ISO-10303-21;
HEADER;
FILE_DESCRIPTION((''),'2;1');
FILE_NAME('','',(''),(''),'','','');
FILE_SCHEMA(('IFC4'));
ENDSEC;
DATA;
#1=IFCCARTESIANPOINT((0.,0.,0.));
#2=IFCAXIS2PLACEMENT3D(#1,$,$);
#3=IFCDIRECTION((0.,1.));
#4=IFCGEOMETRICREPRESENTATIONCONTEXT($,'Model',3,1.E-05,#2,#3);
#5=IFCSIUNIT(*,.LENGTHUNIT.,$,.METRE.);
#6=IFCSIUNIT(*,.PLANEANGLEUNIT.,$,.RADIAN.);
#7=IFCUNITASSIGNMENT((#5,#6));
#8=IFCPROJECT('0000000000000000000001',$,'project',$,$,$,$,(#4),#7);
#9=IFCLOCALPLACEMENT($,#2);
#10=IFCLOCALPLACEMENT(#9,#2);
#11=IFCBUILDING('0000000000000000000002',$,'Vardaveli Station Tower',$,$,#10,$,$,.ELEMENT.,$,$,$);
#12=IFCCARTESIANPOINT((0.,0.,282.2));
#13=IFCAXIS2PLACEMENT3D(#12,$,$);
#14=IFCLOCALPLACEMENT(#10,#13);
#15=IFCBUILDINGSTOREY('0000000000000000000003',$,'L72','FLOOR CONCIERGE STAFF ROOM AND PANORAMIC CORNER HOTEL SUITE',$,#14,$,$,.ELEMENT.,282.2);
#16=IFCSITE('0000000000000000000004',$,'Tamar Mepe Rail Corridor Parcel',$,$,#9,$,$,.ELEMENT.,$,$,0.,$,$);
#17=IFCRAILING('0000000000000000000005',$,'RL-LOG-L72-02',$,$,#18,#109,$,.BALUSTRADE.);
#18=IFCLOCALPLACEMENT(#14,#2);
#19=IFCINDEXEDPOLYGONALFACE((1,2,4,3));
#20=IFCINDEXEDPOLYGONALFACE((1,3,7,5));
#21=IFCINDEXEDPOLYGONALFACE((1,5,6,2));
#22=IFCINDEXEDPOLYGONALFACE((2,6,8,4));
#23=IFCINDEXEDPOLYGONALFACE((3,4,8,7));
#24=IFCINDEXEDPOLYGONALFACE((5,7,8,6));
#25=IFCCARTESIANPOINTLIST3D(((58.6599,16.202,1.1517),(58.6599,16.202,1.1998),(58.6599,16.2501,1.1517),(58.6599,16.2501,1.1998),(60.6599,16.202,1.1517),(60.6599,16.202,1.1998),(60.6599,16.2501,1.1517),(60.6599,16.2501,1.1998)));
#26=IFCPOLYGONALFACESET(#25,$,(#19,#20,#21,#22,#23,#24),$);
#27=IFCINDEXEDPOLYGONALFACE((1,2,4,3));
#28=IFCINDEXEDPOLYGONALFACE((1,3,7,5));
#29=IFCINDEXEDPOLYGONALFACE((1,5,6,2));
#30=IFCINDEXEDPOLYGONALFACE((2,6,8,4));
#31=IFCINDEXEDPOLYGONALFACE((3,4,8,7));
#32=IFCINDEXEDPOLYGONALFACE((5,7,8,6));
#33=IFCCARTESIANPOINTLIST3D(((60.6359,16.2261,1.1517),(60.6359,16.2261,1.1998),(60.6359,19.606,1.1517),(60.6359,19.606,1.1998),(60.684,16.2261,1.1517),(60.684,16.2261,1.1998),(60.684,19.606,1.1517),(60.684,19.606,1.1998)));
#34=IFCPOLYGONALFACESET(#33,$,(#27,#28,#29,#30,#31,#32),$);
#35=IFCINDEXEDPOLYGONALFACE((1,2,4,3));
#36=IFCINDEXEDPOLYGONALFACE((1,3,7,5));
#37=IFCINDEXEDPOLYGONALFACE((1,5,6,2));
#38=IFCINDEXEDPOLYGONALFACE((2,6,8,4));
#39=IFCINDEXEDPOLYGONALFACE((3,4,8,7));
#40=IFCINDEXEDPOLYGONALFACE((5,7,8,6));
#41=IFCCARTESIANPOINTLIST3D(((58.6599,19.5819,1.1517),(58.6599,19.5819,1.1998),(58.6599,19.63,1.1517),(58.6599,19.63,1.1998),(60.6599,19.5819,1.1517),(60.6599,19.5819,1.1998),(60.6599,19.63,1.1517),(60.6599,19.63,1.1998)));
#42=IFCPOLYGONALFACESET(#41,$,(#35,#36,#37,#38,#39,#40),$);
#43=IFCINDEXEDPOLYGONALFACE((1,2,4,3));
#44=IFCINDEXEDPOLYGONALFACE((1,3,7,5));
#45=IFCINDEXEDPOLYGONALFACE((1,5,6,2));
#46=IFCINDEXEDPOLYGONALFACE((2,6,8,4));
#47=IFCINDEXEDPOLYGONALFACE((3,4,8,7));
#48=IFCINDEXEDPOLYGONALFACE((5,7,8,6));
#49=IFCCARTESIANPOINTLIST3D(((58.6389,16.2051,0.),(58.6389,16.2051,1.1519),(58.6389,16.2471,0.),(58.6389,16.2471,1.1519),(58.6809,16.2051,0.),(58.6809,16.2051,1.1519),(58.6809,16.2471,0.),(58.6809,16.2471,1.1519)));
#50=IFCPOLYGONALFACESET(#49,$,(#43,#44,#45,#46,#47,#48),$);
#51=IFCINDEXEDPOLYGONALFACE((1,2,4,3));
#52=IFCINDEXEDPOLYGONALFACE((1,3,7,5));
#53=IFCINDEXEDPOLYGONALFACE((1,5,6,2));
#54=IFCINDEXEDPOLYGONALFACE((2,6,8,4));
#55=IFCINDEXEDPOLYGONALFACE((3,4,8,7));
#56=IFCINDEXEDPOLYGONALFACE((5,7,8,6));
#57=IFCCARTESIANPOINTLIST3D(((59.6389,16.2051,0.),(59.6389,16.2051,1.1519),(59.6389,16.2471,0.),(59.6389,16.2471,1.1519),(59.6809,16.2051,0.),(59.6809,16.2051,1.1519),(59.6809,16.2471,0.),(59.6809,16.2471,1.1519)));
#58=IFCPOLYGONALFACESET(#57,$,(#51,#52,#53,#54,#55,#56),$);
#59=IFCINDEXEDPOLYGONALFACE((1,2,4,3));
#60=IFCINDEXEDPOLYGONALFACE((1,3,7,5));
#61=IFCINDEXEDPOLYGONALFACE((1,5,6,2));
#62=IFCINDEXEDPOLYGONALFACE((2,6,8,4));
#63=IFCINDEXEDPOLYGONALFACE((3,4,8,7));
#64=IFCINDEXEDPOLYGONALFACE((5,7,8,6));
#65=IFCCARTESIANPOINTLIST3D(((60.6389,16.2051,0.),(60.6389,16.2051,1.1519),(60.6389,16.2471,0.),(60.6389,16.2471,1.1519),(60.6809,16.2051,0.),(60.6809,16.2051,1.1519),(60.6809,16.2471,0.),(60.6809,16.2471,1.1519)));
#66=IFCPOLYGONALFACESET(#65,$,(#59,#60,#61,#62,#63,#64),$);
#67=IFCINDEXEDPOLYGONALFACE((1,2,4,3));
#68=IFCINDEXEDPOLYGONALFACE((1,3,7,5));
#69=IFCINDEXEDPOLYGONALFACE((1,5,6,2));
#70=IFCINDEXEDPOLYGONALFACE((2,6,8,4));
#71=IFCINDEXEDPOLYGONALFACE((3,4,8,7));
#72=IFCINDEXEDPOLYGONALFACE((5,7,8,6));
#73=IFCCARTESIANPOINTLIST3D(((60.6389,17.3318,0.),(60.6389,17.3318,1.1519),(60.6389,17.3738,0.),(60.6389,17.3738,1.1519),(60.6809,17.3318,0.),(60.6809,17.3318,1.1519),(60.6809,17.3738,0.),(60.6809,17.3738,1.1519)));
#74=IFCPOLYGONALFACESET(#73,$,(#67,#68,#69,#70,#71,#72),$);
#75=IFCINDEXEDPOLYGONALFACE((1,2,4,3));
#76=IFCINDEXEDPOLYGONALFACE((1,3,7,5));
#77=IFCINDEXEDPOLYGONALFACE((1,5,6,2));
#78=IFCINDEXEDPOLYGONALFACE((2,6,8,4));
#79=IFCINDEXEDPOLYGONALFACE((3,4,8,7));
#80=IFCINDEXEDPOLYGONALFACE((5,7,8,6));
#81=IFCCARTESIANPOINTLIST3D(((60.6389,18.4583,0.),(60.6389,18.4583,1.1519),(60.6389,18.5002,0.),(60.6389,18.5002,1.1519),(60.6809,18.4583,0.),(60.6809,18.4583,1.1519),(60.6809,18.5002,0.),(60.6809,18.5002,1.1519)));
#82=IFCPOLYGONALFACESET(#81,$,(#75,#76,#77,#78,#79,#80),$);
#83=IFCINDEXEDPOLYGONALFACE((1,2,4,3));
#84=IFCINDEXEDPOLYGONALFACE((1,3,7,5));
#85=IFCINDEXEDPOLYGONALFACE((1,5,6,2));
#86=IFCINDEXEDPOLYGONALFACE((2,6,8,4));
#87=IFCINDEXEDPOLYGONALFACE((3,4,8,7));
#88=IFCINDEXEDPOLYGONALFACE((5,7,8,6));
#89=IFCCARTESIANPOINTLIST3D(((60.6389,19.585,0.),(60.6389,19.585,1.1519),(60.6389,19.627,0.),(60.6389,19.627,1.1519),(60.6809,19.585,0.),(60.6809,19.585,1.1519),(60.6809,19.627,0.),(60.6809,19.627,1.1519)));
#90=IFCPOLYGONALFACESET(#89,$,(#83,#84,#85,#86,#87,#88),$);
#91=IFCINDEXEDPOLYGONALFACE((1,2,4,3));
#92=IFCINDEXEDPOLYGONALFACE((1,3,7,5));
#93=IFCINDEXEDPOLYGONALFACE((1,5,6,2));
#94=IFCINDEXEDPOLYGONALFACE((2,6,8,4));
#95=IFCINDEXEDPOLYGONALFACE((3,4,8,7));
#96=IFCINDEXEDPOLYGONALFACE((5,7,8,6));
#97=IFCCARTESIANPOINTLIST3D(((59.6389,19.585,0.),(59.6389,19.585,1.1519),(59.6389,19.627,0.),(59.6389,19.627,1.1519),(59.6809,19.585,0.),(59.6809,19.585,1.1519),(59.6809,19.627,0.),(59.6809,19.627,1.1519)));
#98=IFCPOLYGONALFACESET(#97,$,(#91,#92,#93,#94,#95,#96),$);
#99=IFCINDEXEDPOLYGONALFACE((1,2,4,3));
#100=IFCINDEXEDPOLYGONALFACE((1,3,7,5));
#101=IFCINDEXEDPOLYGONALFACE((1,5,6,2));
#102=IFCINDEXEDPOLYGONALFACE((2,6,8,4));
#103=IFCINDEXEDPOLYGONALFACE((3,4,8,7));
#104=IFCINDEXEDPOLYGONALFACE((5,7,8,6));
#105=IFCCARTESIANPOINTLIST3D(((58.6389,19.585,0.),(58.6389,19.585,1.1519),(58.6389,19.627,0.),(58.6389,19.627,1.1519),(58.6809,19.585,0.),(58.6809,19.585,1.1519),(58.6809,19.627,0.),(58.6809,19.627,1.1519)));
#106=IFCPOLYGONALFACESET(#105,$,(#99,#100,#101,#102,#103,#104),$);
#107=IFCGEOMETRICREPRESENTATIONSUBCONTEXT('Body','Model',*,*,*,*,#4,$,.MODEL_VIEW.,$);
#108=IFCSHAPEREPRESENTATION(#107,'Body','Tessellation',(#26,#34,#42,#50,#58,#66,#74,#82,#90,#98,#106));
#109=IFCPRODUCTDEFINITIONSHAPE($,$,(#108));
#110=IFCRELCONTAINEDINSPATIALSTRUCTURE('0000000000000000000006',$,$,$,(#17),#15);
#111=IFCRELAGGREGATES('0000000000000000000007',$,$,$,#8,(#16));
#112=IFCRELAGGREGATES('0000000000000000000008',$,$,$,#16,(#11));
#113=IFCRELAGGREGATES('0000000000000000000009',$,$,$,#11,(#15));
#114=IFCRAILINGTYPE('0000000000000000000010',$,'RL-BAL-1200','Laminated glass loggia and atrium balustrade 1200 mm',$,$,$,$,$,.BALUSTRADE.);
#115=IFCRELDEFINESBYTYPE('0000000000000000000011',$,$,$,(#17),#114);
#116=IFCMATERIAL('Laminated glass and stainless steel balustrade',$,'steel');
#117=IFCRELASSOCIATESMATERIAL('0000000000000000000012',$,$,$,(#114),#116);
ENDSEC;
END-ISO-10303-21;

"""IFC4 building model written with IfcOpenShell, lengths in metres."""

from ifc_helpers import new_model, si_unit, direction, frame, origin, origin_2d, place, context, subcontext, project, spatial, rectangle, extrude, source, transform, mapped, material, type_object, element, save


model = new_model("IFC4")

# Units and contexts
model_context = context("Model", 3, precision=1e-05, world=origin(), true_north=direction((0.0, 1.0)))
body_context = subcontext(model_context, "Body", "Model", "MODEL_VIEW")
ifc_project = project(units=[si_unit("LENGTHUNIT", "METRE"), si_unit("PLANEANGLEUNIT", "RADIAN")], contexts=[model_context])

# Site, building, storey
site_placement = place(None, origin())
site = spatial("IfcSite", under=ifc_project, at=site_placement, Name="Tamar Mepe Rail Corridor Parcel", CompositionType="ELEMENT", RefElevation=0.0)
building_placement = place(site_placement, origin())
building = spatial("IfcBuilding", under=site, at=building_placement, Name="Vardaveli Station Tower", CompositionType="ELEMENT")
storey_placement = place(building_placement, frame((0.0, 0.0, 282.2)))
storey = spatial("IfcBuildingStorey", under=building, at=storey_placement, Name="L72", Description="FLOOR CONCIERGE STAFF ROOM AND PANORAMIC CORNER HOTEL SUITE", CompositionType="ELEMENT", Elevation=282.2)

# Railing
ifc_material_1 = material(Name="Laminated glass and stainless steel balustrade", Category="steel")
railing_type = type_object("IfcRailingType", Name="RL-BAL-1200", Description="Laminated glass loggia and atrium balustrade 1200 mm", PredefinedType="BALUSTRADE", material=ifc_material_1)
shared_shape_1 = source(origin(), body_context, "Body", "SweptSolid", [
    extrude(rectangle(XDim=0.0481, YDim=0.0481, at=origin_2d()), frame((0.0, 0.0, 1.1758), z_axis=(1.0, 0.0, 0.0), x_axis=(0.0, 1.0, 0.0)), (0.0, 0.0, 1.0), 2.0),
    extrude(rectangle(XDim=0.0481, YDim=0.0481, at=origin_2d()), frame((2.0, 0.0, 1.1758), z_axis=(0.0, 1.0, 0.0), x_axis=(-1.0, 0.0, 0.0)), (0.0, 0.0, 1.0), 3.3799),
    extrude(rectangle(XDim=0.0481, YDim=0.0481, at=origin_2d()), frame((2.0, 3.3799, 1.1758), z_axis=(-1.0, 0.0, 0.0), x_axis=(0.0, -1.0, 0.0)), (0.0, 0.0, 1.0), 2.0),
    extrude(rectangle(XDim=0.042, YDim=0.042, at=origin_2d()), origin(), (0.0, 0.0, 1.0), 1.1519),
    extrude(rectangle(XDim=0.042, YDim=0.042, at=origin_2d()), frame((1.0, 0.0, 0.0)), (0.0, 0.0, 1.0), 1.1519),
    extrude(rectangle(XDim=0.042, YDim=0.042, at=origin_2d()), frame((2.0, 0.0, 0.0)), (0.0, 0.0, 1.0), 1.1519),
    extrude(rectangle(XDim=0.042, YDim=0.042, at=origin_2d()), frame((2.0, 1.1267, 0.0)), (0.0, 0.0, 1.0), 1.1519),
    extrude(rectangle(XDim=0.042, YDim=0.042, at=origin_2d()), frame((2.0, 2.2532, 0.0)), (0.0, 0.0, 1.0), 1.1519),
    extrude(rectangle(XDim=0.042, YDim=0.042, at=origin_2d()), frame((2.0, 3.3799, 0.0)), (0.0, 0.0, 1.0), 1.1519),
    extrude(rectangle(XDim=0.042, YDim=0.042, at=origin_2d()), frame((1.0, 3.3799, 0.0)), (0.0, 0.0, 1.0), 1.1519),
    extrude(rectangle(XDim=0.042, YDim=0.042, at=origin_2d()), frame((0.0, 3.3799, 0.0)), (0.0, 0.0, 1.0), 1.1519),
])
railing_placement = place(storey_placement, frame((58.6599, 16.2261, 0.0)))
element("IfcRailing", 1, at=railing_placement, inside=storey, type_object=railing_type, Name="RL-LOG-L72-02", PredefinedType="BALUSTRADE", context=body_context, shape_type="MappedRepresentation", body=[
    mapped(shared_shape_1, transform((0.0, 0.0, 0.0), scale=1.0)),
])

save(model, "model.ifc")
